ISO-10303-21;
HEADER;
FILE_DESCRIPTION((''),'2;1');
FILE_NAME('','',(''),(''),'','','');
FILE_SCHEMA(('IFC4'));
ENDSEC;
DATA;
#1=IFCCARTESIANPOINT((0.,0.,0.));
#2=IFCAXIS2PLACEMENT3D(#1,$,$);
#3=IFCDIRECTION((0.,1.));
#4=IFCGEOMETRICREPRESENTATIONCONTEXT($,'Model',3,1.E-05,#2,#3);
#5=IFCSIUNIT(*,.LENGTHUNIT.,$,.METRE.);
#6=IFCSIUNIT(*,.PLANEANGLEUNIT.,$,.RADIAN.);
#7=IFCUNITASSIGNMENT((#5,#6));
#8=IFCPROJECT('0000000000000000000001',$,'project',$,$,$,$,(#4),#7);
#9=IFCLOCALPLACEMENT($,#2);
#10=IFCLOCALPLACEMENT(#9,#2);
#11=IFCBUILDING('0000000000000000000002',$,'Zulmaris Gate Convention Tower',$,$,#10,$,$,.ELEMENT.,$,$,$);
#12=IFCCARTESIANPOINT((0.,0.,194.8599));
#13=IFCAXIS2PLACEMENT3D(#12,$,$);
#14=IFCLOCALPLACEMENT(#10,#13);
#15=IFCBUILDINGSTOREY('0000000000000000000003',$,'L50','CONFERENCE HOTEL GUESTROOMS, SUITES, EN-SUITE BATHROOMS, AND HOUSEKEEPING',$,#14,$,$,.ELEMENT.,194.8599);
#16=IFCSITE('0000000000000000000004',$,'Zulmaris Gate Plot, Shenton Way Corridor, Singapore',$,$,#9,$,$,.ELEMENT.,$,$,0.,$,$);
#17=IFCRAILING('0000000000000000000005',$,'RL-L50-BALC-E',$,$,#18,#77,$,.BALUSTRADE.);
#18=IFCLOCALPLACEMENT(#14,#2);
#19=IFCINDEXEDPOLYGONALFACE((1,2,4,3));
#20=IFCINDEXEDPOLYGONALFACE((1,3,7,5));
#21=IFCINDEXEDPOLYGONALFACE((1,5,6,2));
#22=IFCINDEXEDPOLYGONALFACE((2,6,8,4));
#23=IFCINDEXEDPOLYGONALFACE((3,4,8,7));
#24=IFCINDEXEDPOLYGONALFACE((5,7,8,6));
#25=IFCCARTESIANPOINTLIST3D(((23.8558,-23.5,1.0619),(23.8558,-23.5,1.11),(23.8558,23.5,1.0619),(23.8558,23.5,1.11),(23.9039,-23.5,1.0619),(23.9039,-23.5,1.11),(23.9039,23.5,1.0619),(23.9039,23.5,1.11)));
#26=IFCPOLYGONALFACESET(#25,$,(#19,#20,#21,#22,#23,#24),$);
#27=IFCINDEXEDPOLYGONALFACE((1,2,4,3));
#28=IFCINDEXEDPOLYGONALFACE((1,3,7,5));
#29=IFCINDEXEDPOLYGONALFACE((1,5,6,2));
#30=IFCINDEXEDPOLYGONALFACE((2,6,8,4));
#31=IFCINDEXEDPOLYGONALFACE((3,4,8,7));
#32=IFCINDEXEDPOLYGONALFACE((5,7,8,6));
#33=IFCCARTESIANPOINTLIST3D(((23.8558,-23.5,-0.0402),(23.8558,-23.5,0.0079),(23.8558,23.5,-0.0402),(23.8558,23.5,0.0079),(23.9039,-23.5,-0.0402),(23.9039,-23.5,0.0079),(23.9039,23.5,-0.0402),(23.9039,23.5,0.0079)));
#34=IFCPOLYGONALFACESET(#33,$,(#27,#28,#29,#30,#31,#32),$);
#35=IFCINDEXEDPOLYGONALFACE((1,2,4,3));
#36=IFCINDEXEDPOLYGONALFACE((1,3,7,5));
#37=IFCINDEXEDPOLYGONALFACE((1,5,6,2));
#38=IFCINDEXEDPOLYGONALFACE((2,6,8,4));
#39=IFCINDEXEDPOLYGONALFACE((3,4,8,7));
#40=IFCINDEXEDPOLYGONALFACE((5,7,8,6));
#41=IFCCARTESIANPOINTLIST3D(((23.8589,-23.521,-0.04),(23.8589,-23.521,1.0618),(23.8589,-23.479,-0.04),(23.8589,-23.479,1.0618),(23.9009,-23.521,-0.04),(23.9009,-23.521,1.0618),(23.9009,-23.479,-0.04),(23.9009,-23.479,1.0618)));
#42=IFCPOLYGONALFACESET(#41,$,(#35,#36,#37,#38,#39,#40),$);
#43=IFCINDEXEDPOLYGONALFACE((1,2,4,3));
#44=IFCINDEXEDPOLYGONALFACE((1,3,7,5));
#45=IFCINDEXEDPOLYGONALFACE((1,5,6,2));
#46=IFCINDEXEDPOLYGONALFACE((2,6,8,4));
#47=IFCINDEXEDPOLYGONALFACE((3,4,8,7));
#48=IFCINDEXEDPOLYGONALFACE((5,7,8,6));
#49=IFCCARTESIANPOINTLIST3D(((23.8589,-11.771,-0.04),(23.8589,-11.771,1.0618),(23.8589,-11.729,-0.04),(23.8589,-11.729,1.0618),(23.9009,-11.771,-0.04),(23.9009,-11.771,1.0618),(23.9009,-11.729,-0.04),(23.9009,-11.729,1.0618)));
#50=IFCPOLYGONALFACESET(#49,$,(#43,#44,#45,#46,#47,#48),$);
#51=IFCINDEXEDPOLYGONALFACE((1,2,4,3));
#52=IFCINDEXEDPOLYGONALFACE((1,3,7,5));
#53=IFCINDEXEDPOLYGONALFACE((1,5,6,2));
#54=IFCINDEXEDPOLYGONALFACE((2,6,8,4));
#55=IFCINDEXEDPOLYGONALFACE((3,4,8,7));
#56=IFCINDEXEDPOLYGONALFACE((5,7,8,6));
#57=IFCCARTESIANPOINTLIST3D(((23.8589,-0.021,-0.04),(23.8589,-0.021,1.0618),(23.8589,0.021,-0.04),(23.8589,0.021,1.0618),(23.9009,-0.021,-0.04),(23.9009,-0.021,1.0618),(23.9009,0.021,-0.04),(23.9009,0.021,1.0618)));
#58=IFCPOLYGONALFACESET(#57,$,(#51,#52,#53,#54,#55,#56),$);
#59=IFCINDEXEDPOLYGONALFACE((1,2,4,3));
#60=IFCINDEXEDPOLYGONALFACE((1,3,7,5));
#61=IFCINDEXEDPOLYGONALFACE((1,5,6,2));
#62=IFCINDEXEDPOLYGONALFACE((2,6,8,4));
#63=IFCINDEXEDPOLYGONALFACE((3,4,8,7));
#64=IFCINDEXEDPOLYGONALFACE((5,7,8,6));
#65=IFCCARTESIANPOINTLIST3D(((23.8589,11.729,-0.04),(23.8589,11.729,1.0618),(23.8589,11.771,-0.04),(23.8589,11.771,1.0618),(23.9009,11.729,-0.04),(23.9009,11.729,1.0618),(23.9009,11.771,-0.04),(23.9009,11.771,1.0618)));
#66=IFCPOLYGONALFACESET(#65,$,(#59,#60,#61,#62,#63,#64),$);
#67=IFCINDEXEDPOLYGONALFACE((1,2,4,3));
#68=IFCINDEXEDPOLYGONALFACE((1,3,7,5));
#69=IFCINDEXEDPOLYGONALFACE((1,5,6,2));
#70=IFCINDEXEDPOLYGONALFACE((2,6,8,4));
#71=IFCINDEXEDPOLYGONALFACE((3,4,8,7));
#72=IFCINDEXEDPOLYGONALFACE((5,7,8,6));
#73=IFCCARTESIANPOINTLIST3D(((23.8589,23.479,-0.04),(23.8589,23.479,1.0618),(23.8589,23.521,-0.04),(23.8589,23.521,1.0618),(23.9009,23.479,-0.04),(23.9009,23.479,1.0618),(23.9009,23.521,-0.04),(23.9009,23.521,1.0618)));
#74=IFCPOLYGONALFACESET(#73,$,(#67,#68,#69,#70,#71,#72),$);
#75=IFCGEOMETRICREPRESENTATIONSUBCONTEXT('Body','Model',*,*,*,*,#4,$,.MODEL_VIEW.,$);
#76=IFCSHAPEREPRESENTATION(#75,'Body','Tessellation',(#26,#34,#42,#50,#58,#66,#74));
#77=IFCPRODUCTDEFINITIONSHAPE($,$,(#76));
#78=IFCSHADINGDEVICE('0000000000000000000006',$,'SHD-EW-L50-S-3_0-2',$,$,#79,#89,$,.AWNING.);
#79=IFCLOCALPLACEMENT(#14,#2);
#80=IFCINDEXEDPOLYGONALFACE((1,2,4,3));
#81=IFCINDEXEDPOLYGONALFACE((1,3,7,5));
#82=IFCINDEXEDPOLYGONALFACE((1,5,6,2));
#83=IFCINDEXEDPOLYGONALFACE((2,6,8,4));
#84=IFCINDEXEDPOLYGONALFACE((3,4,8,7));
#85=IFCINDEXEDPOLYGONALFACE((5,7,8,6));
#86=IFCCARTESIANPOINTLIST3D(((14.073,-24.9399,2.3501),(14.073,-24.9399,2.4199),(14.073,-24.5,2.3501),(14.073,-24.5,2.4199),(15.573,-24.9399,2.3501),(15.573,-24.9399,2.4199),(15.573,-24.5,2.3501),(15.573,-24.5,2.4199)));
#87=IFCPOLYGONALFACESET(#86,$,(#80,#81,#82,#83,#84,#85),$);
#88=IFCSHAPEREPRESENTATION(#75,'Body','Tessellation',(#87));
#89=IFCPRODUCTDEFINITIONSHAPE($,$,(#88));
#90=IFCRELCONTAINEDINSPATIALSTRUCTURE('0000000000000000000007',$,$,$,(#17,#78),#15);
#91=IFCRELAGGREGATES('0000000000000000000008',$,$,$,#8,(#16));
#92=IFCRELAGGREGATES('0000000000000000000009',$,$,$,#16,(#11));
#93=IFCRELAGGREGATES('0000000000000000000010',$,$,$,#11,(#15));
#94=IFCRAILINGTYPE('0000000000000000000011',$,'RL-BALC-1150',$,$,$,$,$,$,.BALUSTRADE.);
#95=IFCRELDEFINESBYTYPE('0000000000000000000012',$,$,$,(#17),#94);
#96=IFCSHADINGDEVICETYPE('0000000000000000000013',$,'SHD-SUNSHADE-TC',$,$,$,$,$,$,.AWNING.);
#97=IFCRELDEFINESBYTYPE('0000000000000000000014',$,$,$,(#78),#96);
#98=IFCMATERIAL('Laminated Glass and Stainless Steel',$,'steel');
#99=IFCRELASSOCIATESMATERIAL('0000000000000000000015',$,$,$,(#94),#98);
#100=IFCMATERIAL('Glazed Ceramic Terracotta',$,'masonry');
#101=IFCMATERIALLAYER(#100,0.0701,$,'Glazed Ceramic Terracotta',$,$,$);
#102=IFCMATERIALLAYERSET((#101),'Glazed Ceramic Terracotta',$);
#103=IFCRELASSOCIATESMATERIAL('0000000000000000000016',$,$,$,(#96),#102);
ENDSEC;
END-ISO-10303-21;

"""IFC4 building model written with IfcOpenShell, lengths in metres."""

from ifc_helpers import new_model, si_unit, direction, frame, frame_2d, origin, origin_2d, place, context, subcontext, project, spatial, rectangle, extrude, material, layer, layer_set, type_object, element, save


model = new_model("IFC4")

# Units and contexts
model_context = context("Model", 3, precision=1e-05, world=origin(), true_north=direction((0.0, 1.0)))
body_context = subcontext(model_context, "Body", "Model", "MODEL_VIEW")
ifc_project = project(units=[si_unit("LENGTHUNIT", "METRE"), si_unit("PLANEANGLEUNIT", "RADIAN")], contexts=[model_context])

# Site, building, storey
site_placement = place(None, origin())
site = spatial("IfcSite", under=ifc_project, at=site_placement, Name="Zulmaris Gate Plot, Shenton Way Corridor, Singapore", CompositionType="ELEMENT", RefElevation=0.0)
building_placement = place(site_placement, origin())
building = spatial("IfcBuilding", under=site, at=building_placement, Name="Zulmaris Gate Convention Tower", CompositionType="ELEMENT")
storey_placement = place(building_placement, frame((0.0, 0.0, 194.8599)))
storey = spatial("IfcBuildingStorey", under=building, at=storey_placement, Name="L50", Description="CONFERENCE HOTEL GUESTROOMS, SUITES, EN-SUITE BATHROOMS, AND HOUSEKEEPING", CompositionType="ELEMENT", Elevation=194.8599)

# Railing
ifc_material_1 = material(Name="Laminated Glass and Stainless Steel", Category="steel")
railing_type = type_object("IfcRailingType", Name="RL-BALC-1150", PredefinedType="BALUSTRADE", material=ifc_material_1)
railing_placement = place(storey_placement, frame((23.8799, -23.5, -0.04)))
element("IfcRailing", 1, at=railing_placement, inside=storey, type_object=railing_type, Name="RL-L50-BALC-E", PredefinedType="BALUSTRADE", context=body_context, shape_type="SweptSolid", body=[
    extrude(rectangle(XDim=0.0481, YDim=0.0481, at=origin_2d()), frame((0.0, 0.0, 1.126), z_axis=(0.0, 1.0, 0.0), x_axis=(-1.0, 0.0, 0.0)), (0.0, 0.0, 1.0), 47.0),
    extrude(rectangle(XDim=0.0481, YDim=0.0481, at=origin_2d()), frame((0.0, 0.0, 0.0239), z_axis=(0.0, 1.0, 0.0), x_axis=(-1.0, 0.0, 0.0)), (0.0, 0.0, 1.0), 47.0),
    extrude(rectangle(XDim=0.042, YDim=0.042, at=origin_2d()), origin(), (0.0, 0.0, 1.0), 1.1018),
    extrude(rectangle(XDim=0.042, YDim=0.042, at=origin_2d()), frame((0.0, 11.75, 0.0)), (0.0, 0.0, 1.0), 1.1018),
    extrude(rectangle(XDim=0.042, YDim=0.042, at=origin_2d()), frame((0.0, 23.5, 0.0)), (0.0, 0.0, 1.0), 1.1018),
    extrude(rectangle(XDim=0.042, YDim=0.042, at=origin_2d()), frame((0.0, 35.25, 0.0)), (0.0, 0.0, 1.0), 1.1018),
    extrude(rectangle(XDim=0.042, YDim=0.042, at=origin_2d()), frame((0.0, 47.0, 0.0)), (0.0, 0.0, 1.0), 1.1018),
])

# Shading device
ifc_material_2 = material(Name="Glazed Ceramic Terracotta", Category="masonry")
ifc_layer_1 = layer(ifc_material_2, 0.0701, Name="Glazed Ceramic Terracotta")
ifc_layer_set_1 = layer_set([ifc_layer_1], Name="Glazed Ceramic Terracotta")
shading_device_type = type_object("IfcShadingDeviceType", Name="SHD-SUNSHADE-TC", PredefinedType="AWNING", material=ifc_layer_set_1)
shading_device_placement = place(storey_placement, frame((14.073, -24.72, 2.3501), z_axis=(0.0, 0.0, 1.0), x_axis=(1.0, 0.0, 0.0)))
element("IfcShadingDevice", 2, at=shading_device_placement, inside=storey, type_object=shading_device_type, Name="SHD-EW-L50-S-3_0-2", PredefinedType="AWNING", context=body_context, shape_type="SweptSolid", body=[
    extrude(rectangle(XDim=1.5, YDim=0.4399, at=frame_2d((0.75, 0.0))), origin(), (0.0, 0.0, 1.0), 0.0698),
])

save(model, "model.ifc")
